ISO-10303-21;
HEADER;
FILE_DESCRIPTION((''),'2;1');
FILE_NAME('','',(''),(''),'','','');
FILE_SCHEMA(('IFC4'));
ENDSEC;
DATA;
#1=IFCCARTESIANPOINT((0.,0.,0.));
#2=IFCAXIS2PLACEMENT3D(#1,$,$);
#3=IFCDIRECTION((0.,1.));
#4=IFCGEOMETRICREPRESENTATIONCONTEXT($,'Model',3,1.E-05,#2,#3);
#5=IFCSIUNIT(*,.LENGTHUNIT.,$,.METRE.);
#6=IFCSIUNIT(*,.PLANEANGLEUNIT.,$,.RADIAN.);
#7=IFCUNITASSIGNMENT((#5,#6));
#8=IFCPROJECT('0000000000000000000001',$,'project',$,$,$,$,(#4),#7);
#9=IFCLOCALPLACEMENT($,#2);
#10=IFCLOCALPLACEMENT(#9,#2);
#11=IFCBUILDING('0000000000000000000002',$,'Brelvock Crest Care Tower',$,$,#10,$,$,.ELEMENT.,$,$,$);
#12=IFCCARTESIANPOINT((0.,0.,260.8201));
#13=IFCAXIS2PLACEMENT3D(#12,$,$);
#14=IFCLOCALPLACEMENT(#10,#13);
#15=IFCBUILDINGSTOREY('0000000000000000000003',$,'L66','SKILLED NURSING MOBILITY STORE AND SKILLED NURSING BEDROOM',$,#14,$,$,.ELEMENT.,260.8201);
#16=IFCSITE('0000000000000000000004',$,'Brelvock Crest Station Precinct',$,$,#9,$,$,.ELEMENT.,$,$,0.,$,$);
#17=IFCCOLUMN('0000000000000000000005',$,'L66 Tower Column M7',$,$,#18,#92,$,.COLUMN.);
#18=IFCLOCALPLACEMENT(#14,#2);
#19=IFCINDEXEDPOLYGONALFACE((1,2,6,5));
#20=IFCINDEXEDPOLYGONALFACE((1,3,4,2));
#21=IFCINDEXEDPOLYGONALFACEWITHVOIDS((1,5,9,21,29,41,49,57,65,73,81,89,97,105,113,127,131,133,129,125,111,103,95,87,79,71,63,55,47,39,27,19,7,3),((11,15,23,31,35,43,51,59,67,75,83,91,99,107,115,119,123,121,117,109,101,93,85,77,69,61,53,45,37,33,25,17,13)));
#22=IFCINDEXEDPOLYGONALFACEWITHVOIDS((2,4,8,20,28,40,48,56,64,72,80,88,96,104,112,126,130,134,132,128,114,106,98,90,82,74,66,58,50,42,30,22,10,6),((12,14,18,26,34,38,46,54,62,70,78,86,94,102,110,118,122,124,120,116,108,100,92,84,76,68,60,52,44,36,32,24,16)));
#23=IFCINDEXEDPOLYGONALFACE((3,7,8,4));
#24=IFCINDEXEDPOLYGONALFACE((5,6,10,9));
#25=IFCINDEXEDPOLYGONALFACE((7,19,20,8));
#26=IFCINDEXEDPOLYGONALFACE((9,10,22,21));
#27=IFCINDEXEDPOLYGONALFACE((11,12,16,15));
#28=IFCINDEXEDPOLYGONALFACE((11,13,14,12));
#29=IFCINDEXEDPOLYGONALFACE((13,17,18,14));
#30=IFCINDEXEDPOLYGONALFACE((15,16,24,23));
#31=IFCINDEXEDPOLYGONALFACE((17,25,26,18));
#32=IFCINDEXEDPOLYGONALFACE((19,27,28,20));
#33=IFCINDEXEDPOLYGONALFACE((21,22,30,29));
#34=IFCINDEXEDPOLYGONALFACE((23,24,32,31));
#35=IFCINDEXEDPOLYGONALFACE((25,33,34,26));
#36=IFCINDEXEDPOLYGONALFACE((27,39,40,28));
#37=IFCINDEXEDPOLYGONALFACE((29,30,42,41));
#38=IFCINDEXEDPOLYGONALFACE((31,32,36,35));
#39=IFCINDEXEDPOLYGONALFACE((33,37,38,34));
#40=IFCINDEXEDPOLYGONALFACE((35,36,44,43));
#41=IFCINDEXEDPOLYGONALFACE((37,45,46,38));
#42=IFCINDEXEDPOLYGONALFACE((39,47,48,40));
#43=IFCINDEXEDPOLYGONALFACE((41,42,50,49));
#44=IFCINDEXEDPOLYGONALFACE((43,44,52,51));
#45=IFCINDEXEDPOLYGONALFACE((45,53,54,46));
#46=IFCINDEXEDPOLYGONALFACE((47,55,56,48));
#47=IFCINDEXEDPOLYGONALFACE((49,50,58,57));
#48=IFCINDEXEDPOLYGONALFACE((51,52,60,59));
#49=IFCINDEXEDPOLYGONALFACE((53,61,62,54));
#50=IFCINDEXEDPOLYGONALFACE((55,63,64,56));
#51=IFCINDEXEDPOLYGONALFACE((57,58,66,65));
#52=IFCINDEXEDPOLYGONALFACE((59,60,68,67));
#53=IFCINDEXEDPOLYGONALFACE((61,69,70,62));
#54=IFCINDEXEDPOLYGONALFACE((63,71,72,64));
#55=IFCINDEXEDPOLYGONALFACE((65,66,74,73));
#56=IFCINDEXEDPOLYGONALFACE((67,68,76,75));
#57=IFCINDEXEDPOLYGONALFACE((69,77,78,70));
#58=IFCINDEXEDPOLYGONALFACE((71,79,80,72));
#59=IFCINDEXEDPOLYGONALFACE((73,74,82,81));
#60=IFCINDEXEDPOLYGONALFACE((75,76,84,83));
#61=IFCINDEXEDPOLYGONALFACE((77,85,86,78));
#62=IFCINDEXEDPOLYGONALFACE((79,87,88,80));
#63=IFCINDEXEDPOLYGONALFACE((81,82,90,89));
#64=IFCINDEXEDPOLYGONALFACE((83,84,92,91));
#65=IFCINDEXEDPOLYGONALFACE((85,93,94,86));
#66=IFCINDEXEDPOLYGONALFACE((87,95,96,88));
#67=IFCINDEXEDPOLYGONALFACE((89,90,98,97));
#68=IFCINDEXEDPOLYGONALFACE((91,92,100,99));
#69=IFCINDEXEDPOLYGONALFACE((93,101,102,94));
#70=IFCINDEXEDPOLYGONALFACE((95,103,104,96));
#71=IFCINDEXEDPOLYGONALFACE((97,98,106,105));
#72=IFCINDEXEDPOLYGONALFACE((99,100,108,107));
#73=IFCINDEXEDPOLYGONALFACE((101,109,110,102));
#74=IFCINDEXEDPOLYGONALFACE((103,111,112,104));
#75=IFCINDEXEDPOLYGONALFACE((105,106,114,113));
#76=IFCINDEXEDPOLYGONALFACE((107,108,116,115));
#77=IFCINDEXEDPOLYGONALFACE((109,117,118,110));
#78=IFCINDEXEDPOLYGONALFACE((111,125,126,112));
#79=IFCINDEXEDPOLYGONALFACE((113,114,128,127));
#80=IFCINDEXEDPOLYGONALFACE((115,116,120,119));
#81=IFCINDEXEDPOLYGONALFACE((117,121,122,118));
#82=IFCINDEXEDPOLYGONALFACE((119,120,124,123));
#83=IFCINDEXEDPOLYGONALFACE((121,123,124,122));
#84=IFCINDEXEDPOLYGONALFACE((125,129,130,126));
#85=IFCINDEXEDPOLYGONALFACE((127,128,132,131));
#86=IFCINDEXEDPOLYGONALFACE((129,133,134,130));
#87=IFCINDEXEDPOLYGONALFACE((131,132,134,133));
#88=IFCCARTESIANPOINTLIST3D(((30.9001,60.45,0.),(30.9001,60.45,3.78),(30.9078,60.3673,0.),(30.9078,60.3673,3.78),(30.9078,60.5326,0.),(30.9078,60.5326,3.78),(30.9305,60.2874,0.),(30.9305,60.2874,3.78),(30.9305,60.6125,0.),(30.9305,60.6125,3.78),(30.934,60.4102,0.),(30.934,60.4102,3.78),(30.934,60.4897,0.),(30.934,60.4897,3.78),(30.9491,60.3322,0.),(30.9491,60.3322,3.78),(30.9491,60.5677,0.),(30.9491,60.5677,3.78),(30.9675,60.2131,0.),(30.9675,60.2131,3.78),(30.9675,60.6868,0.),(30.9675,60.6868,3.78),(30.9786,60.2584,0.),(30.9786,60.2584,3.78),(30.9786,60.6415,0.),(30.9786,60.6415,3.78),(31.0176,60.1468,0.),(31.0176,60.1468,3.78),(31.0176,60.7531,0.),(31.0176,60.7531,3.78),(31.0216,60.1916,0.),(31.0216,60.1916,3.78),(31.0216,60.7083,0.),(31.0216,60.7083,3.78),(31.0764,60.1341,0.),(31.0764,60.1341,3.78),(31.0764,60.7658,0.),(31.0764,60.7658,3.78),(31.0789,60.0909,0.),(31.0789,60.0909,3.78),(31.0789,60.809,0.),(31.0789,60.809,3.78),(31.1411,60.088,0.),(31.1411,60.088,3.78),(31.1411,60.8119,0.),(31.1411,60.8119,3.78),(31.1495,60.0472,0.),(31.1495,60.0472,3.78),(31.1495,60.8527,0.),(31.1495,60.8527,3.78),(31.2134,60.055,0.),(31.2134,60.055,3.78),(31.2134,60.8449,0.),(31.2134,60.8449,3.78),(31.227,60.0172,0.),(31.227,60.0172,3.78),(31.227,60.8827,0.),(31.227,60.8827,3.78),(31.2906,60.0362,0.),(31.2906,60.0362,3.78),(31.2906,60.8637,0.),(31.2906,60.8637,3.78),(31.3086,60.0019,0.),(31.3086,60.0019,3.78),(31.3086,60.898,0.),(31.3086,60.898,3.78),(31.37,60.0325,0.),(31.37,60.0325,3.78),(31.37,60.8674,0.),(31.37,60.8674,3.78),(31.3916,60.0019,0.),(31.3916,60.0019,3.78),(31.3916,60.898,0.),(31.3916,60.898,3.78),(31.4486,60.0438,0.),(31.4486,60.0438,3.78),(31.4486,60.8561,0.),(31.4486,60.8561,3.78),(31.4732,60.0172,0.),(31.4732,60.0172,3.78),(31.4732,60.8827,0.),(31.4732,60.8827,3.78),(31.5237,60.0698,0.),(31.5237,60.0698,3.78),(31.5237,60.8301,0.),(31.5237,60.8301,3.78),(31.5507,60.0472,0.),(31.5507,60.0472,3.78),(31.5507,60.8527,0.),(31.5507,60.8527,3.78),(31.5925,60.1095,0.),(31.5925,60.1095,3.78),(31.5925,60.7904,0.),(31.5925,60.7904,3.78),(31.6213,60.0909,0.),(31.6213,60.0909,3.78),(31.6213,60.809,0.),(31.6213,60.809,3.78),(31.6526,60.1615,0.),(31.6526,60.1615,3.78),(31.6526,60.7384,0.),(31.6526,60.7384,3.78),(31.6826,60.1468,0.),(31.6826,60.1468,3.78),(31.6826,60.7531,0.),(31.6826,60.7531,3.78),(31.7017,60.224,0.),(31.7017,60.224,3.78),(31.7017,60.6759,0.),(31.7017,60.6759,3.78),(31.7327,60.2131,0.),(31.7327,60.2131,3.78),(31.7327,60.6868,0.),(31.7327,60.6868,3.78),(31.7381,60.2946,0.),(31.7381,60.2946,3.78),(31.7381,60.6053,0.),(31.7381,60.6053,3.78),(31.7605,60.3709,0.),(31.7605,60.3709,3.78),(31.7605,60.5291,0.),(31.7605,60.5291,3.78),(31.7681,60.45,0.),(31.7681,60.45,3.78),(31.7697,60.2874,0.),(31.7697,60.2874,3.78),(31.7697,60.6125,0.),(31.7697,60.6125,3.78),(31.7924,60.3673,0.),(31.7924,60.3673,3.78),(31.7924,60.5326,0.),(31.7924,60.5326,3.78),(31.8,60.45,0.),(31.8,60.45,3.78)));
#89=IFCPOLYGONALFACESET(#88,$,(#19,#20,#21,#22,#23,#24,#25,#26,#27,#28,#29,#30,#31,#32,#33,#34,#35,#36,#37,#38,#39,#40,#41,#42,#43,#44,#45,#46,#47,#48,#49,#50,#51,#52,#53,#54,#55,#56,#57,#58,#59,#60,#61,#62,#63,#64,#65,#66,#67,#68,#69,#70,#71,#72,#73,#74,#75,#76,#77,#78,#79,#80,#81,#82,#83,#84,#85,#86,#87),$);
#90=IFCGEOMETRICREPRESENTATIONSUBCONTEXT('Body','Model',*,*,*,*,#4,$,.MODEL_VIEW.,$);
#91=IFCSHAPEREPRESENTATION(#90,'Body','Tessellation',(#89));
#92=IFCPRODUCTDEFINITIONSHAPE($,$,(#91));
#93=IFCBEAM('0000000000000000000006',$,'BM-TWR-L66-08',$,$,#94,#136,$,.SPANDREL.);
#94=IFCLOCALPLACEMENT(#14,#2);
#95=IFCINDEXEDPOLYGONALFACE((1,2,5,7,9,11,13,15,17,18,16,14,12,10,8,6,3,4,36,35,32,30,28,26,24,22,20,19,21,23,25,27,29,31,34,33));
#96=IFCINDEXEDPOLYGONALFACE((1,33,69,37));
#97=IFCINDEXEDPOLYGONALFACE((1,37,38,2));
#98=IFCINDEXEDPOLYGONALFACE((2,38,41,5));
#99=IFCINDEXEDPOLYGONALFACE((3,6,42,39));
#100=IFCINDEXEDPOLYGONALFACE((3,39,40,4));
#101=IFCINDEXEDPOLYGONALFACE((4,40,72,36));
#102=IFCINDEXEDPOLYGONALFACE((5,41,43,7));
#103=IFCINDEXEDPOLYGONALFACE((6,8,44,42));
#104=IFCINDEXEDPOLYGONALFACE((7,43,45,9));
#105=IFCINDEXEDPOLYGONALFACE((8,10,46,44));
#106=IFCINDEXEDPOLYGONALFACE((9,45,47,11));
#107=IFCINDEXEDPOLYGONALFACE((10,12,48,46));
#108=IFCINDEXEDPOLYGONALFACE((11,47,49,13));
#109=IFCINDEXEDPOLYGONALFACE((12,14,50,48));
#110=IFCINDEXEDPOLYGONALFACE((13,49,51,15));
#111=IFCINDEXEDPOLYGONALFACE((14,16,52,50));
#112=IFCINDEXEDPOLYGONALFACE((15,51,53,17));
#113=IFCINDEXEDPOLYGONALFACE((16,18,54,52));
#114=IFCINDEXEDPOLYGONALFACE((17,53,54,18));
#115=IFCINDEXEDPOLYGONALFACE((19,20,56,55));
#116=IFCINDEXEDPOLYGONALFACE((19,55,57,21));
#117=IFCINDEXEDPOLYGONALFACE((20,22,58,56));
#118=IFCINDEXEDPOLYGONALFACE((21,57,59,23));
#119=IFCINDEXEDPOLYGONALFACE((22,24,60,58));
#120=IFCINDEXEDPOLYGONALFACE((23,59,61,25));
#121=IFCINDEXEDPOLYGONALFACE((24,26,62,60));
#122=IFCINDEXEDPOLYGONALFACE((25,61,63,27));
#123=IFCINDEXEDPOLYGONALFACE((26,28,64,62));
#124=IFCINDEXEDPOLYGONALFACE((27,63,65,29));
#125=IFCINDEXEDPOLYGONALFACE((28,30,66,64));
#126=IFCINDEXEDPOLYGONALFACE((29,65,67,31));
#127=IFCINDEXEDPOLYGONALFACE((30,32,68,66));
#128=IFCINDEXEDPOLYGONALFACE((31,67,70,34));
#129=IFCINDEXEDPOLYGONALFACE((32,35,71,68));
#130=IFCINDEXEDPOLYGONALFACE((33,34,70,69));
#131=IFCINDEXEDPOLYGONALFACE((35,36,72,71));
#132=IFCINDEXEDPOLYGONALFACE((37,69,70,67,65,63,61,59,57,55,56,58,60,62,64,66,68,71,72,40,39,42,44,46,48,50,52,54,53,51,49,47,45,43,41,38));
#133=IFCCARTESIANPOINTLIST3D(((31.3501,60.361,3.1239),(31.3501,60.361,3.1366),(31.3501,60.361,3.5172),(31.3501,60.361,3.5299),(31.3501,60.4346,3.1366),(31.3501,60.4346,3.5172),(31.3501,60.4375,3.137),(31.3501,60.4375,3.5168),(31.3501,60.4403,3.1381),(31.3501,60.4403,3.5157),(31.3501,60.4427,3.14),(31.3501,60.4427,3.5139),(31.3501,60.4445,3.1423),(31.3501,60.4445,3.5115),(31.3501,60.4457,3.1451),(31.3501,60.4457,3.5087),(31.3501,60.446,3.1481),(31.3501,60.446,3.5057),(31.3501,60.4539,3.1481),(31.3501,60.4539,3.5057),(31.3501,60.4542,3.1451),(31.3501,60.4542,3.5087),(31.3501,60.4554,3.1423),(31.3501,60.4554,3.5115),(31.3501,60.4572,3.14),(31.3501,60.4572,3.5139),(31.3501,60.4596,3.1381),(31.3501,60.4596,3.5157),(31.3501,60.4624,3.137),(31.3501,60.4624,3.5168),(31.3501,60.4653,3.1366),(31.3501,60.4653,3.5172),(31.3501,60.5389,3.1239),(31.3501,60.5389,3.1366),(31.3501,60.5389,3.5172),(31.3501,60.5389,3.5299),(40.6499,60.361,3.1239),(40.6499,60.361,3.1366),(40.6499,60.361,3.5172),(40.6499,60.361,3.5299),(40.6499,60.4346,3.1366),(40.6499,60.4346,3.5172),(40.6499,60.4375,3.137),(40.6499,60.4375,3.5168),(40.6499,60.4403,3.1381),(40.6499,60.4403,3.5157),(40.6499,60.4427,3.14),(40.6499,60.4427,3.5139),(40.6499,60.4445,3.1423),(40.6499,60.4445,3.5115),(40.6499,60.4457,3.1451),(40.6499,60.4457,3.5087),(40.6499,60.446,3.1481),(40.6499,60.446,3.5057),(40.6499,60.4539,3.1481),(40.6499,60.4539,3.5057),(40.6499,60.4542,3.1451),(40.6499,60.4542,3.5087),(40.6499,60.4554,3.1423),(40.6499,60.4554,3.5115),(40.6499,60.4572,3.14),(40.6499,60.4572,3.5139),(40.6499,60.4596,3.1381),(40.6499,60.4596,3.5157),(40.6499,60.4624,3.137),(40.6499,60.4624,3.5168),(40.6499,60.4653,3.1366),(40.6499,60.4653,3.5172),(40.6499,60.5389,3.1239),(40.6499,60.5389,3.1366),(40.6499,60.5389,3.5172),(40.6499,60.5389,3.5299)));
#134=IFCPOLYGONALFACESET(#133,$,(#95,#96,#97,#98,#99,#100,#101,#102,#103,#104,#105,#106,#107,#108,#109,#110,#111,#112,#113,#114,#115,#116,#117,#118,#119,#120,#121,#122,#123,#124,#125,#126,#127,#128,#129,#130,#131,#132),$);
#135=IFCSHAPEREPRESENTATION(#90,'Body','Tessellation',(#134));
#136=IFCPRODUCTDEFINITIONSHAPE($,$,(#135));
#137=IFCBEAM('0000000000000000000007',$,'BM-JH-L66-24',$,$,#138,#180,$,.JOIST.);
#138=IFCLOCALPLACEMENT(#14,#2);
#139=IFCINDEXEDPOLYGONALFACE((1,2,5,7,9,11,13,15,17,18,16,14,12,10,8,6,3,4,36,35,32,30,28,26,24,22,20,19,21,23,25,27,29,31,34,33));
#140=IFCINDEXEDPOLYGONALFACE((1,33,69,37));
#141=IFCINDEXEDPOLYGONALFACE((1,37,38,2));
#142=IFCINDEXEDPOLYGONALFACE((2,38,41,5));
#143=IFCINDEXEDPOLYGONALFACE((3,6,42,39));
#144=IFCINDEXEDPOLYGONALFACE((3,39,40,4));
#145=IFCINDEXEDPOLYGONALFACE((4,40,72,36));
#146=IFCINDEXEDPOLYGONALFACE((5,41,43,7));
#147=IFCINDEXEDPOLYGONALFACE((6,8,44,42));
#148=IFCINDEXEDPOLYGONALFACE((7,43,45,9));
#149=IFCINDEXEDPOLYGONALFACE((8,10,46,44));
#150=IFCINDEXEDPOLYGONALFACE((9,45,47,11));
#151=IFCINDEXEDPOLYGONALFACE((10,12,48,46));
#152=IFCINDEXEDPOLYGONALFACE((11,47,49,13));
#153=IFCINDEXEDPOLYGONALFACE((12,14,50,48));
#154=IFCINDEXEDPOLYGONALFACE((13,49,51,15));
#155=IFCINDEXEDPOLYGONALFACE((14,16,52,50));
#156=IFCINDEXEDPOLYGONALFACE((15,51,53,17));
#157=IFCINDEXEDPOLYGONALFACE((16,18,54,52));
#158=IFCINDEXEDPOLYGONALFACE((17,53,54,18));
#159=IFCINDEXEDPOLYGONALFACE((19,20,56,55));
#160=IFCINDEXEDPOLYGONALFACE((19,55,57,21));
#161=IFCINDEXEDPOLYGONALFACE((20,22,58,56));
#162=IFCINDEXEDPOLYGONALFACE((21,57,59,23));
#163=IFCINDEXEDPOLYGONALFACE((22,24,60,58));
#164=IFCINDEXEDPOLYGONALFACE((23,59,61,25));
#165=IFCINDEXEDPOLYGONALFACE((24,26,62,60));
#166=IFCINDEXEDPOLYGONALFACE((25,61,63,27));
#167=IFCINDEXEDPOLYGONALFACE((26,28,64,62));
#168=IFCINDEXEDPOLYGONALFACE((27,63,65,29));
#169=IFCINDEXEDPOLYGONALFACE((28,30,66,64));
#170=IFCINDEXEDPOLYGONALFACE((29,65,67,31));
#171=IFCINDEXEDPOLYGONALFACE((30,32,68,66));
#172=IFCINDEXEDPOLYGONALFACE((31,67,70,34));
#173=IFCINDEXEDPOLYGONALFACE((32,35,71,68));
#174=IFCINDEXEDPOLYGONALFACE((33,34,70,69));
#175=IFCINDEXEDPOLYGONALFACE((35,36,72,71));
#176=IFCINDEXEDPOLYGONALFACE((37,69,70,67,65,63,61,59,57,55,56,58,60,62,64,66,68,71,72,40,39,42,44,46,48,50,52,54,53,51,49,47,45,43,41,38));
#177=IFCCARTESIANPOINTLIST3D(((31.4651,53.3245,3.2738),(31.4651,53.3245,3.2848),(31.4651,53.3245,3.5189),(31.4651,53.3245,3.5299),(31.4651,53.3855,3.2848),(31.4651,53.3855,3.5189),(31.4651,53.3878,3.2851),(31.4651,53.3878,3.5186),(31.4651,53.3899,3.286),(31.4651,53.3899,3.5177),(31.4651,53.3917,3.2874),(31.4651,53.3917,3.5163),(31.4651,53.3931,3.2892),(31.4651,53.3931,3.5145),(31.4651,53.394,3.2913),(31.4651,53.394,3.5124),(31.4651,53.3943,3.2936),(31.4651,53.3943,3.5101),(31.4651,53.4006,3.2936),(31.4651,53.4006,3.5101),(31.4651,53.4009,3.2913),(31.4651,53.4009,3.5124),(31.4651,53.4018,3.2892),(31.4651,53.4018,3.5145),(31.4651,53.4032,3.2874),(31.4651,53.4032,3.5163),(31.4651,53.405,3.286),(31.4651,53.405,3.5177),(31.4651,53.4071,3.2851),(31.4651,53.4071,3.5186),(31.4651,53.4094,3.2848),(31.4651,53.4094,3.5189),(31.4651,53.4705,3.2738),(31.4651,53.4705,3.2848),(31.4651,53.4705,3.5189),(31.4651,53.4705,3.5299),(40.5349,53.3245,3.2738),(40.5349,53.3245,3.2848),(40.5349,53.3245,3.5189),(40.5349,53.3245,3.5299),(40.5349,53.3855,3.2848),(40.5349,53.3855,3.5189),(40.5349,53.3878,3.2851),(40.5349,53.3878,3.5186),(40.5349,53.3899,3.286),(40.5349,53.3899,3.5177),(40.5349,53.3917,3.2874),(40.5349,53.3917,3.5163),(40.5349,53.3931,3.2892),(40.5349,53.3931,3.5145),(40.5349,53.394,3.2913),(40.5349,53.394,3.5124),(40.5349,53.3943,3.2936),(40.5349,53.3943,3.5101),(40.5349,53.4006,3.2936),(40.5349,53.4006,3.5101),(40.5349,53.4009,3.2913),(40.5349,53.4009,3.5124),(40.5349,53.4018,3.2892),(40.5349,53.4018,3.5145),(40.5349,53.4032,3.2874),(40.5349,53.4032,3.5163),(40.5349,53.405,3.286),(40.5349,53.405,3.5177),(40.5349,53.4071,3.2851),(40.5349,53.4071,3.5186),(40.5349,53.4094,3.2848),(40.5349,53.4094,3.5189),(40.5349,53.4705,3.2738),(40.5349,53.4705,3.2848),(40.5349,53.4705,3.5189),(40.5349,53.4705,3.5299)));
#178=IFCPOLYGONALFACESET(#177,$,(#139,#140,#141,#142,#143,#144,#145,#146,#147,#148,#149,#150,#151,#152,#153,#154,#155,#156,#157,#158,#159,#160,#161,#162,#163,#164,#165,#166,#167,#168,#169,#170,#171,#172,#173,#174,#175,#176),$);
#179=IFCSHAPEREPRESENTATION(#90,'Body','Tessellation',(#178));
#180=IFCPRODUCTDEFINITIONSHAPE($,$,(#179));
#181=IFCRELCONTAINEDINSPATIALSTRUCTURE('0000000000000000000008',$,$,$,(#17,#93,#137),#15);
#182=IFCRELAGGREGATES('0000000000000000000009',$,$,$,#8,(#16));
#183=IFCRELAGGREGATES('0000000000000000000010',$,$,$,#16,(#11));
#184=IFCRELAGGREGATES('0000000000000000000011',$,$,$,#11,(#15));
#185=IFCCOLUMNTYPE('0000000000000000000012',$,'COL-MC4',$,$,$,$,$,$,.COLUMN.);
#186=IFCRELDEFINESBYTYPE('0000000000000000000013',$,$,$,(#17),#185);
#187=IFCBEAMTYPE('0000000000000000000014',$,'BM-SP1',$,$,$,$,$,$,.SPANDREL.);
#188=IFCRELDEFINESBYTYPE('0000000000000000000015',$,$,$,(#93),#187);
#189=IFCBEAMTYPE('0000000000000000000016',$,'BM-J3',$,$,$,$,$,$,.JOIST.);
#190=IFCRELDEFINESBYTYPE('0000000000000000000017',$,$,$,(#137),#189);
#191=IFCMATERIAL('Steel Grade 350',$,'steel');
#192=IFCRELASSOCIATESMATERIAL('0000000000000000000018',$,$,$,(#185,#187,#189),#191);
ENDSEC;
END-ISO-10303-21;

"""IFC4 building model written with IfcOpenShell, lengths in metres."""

from ifc_helpers import new_model, si_unit, direction, frame, origin, origin_2d, place, context, subcontext, project, spatial, hollow_circle, i_section, extrude, source, transform, mapped, material, material_profile, profile_set, type_object, element, save


model = new_model("IFC4")

# Units and contexts
model_context = context("Model", 3, precision=1e-05, world=origin(), true_north=direction((0.0, 1.0)))
body_context = subcontext(model_context, "Body", "Model", "MODEL_VIEW")
ifc_project = project(units=[si_unit("LENGTHUNIT", "METRE"), si_unit("PLANEANGLEUNIT", "RADIAN")], contexts=[model_context])

# Site, building, storey
site_placement = place(None, origin())
site = spatial("IfcSite", under=ifc_project, at=site_placement, Name="Brelvock Crest Station Precinct", CompositionType="ELEMENT", RefElevation=0.0)
building_placement = place(site_placement, origin())
building = spatial("IfcBuilding", under=site, at=building_placement, Name="Brelvock Crest Care Tower", CompositionType="ELEMENT")
storey_placement = place(building_placement, frame((0.0, 0.0, 260.8201)))
storey = spatial("IfcBuildingStorey", under=building, at=storey_placement, Name="L66", Description="SKILLED NURSING MOBILITY STORE AND SKILLED NURSING BEDROOM", CompositionType="ELEMENT", Elevation=260.8201)

# Column
ifc_material_1 = material(Name="Steel Grade 350", Category="steel")
ifc_material_profile_1 = material_profile(ifc_material_1, hollow_circle(Radius=0.45, WallThickness=0.032, at=origin_2d()), Name="CFT900x32")
ifc_profile_set_1 = profile_set([ifc_material_profile_1], Name="Steel Grade 350")
column_type = type_object("IfcColumnType", Name="COL-MC4", PredefinedType="COLUMN", material=ifc_profile_set_1)
shared_shape_1 = source(origin(), body_context, "Body", "SweptSolid", [
    extrude(hollow_circle(Radius=0.45, WallThickness=0.032, at=origin_2d()), origin(), (0.0, 0.0, 1.0), 3.78),
])
column_placement = place(storey_placement, frame((31.3501, 60.45, 0.0), z_axis=(0.0, 0.0, 1.0), x_axis=(1.0, 0.0, 0.0)))
element("IfcColumn", 1, at=column_placement, inside=storey, type_object=column_type, Name="L66 Tower Column M7", PredefinedType="COLUMN", context=body_context, shape_type="MappedRepresentation", body=[
    mapped(shared_shape_1, transform((0.0, 0.0, 0.0), x_axis=(1.0, 0.0, 0.0), y_axis=(0.0, 1.0, 0.0), z_axis=(0.0, 0.0, 1.0), scale=1.0)),
])

# Beams
ifc_material_profile_2 = material_profile(ifc_material_1, i_section(OverallWidth=0.178, OverallDepth=0.406, WebThickness=0.0078, FlangeThickness=0.0127, FilletRadius=0.0115, at=origin_2d()), Name="410UB59.7")
ifc_profile_set_2 = profile_set([ifc_material_profile_2], Name="Steel Grade 350")
beam_type_1 = type_object("IfcBeamType", Name="BM-SP1", PredefinedType="SPANDREL", material=ifc_profile_set_2)
shared_shape_2 = source(origin(), body_context, "Body", "SweptSolid", [
    extrude(i_section(OverallWidth=0.178, OverallDepth=0.406, WebThickness=0.0078, FlangeThickness=0.0127, FilletRadius=0.0115, at=origin_2d()), origin(), (0.0, 0.0, 1.0), 9.2998),
])
beam_placement = place(storey_placement, frame((31.3501, 60.45, 3.3269), z_axis=(1.0, 0.0, 0.0), x_axis=(0.0, 1.0, 0.0)))
element("IfcBeam", 2, at=beam_placement, inside=storey, type_object=beam_type_1, Name="BM-TWR-L66-08", PredefinedType="SPANDREL", context=body_context, shape_type="MappedRepresentation", body=[
    mapped(shared_shape_2, transform((0.0, 0.0, 0.0), x_axis=(1.0, 0.0, 0.0), y_axis=(0.0, 1.0, 0.0), z_axis=(0.0, 0.0, 1.0), scale=1.0)),
])
ifc_material_profile_3 = material_profile(ifc_material_1, i_section(OverallWidth=0.146, OverallDepth=0.2561, WebThickness=0.0063, FlangeThickness=0.011, FilletRadius=0.0088, at=origin_2d()), Name="250UB37.3")
ifc_profile_set_3 = profile_set([ifc_material_profile_3], Name="Steel Grade 350")
beam_type_2 = type_object("IfcBeamType", Name="BM-J3", PredefinedType="JOIST", material=ifc_profile_set_3)
shared_shape_3 = source(origin(), body_context, "Body", "SweptSolid", [
    extrude(i_section(OverallWidth=0.146, OverallDepth=0.2561, WebThickness=0.0063, FlangeThickness=0.011, FilletRadius=0.0088, at=origin_2d()), origin(), (0.0, 0.0, 1.0), 9.0698),
])
for number, where, z_axis, x_axis, name in (
    (3, (31.4651, 53.3975, 3.4019), (1.0, 0.0, 0.0), (0.0, 1.0, 0.0), "BM-JH-L66-24"),
):
    element("IfcBeam", number, at=place(storey_placement, frame(where, z_axis=z_axis, x_axis=x_axis)), inside=storey, type_object=beam_type_2, Name=name, PredefinedType="JOIST", context=body_context, shape_type="MappedRepresentation", body=[
        mapped(shared_shape_3, transform((0.0, 0.0, 0.0), x_axis=(1.0, 0.0, 0.0), y_axis=(0.0, 1.0, 0.0), z_axis=(0.0, 0.0, 1.0), scale=1.0)),
    ])

save(model, "model.ifc")
